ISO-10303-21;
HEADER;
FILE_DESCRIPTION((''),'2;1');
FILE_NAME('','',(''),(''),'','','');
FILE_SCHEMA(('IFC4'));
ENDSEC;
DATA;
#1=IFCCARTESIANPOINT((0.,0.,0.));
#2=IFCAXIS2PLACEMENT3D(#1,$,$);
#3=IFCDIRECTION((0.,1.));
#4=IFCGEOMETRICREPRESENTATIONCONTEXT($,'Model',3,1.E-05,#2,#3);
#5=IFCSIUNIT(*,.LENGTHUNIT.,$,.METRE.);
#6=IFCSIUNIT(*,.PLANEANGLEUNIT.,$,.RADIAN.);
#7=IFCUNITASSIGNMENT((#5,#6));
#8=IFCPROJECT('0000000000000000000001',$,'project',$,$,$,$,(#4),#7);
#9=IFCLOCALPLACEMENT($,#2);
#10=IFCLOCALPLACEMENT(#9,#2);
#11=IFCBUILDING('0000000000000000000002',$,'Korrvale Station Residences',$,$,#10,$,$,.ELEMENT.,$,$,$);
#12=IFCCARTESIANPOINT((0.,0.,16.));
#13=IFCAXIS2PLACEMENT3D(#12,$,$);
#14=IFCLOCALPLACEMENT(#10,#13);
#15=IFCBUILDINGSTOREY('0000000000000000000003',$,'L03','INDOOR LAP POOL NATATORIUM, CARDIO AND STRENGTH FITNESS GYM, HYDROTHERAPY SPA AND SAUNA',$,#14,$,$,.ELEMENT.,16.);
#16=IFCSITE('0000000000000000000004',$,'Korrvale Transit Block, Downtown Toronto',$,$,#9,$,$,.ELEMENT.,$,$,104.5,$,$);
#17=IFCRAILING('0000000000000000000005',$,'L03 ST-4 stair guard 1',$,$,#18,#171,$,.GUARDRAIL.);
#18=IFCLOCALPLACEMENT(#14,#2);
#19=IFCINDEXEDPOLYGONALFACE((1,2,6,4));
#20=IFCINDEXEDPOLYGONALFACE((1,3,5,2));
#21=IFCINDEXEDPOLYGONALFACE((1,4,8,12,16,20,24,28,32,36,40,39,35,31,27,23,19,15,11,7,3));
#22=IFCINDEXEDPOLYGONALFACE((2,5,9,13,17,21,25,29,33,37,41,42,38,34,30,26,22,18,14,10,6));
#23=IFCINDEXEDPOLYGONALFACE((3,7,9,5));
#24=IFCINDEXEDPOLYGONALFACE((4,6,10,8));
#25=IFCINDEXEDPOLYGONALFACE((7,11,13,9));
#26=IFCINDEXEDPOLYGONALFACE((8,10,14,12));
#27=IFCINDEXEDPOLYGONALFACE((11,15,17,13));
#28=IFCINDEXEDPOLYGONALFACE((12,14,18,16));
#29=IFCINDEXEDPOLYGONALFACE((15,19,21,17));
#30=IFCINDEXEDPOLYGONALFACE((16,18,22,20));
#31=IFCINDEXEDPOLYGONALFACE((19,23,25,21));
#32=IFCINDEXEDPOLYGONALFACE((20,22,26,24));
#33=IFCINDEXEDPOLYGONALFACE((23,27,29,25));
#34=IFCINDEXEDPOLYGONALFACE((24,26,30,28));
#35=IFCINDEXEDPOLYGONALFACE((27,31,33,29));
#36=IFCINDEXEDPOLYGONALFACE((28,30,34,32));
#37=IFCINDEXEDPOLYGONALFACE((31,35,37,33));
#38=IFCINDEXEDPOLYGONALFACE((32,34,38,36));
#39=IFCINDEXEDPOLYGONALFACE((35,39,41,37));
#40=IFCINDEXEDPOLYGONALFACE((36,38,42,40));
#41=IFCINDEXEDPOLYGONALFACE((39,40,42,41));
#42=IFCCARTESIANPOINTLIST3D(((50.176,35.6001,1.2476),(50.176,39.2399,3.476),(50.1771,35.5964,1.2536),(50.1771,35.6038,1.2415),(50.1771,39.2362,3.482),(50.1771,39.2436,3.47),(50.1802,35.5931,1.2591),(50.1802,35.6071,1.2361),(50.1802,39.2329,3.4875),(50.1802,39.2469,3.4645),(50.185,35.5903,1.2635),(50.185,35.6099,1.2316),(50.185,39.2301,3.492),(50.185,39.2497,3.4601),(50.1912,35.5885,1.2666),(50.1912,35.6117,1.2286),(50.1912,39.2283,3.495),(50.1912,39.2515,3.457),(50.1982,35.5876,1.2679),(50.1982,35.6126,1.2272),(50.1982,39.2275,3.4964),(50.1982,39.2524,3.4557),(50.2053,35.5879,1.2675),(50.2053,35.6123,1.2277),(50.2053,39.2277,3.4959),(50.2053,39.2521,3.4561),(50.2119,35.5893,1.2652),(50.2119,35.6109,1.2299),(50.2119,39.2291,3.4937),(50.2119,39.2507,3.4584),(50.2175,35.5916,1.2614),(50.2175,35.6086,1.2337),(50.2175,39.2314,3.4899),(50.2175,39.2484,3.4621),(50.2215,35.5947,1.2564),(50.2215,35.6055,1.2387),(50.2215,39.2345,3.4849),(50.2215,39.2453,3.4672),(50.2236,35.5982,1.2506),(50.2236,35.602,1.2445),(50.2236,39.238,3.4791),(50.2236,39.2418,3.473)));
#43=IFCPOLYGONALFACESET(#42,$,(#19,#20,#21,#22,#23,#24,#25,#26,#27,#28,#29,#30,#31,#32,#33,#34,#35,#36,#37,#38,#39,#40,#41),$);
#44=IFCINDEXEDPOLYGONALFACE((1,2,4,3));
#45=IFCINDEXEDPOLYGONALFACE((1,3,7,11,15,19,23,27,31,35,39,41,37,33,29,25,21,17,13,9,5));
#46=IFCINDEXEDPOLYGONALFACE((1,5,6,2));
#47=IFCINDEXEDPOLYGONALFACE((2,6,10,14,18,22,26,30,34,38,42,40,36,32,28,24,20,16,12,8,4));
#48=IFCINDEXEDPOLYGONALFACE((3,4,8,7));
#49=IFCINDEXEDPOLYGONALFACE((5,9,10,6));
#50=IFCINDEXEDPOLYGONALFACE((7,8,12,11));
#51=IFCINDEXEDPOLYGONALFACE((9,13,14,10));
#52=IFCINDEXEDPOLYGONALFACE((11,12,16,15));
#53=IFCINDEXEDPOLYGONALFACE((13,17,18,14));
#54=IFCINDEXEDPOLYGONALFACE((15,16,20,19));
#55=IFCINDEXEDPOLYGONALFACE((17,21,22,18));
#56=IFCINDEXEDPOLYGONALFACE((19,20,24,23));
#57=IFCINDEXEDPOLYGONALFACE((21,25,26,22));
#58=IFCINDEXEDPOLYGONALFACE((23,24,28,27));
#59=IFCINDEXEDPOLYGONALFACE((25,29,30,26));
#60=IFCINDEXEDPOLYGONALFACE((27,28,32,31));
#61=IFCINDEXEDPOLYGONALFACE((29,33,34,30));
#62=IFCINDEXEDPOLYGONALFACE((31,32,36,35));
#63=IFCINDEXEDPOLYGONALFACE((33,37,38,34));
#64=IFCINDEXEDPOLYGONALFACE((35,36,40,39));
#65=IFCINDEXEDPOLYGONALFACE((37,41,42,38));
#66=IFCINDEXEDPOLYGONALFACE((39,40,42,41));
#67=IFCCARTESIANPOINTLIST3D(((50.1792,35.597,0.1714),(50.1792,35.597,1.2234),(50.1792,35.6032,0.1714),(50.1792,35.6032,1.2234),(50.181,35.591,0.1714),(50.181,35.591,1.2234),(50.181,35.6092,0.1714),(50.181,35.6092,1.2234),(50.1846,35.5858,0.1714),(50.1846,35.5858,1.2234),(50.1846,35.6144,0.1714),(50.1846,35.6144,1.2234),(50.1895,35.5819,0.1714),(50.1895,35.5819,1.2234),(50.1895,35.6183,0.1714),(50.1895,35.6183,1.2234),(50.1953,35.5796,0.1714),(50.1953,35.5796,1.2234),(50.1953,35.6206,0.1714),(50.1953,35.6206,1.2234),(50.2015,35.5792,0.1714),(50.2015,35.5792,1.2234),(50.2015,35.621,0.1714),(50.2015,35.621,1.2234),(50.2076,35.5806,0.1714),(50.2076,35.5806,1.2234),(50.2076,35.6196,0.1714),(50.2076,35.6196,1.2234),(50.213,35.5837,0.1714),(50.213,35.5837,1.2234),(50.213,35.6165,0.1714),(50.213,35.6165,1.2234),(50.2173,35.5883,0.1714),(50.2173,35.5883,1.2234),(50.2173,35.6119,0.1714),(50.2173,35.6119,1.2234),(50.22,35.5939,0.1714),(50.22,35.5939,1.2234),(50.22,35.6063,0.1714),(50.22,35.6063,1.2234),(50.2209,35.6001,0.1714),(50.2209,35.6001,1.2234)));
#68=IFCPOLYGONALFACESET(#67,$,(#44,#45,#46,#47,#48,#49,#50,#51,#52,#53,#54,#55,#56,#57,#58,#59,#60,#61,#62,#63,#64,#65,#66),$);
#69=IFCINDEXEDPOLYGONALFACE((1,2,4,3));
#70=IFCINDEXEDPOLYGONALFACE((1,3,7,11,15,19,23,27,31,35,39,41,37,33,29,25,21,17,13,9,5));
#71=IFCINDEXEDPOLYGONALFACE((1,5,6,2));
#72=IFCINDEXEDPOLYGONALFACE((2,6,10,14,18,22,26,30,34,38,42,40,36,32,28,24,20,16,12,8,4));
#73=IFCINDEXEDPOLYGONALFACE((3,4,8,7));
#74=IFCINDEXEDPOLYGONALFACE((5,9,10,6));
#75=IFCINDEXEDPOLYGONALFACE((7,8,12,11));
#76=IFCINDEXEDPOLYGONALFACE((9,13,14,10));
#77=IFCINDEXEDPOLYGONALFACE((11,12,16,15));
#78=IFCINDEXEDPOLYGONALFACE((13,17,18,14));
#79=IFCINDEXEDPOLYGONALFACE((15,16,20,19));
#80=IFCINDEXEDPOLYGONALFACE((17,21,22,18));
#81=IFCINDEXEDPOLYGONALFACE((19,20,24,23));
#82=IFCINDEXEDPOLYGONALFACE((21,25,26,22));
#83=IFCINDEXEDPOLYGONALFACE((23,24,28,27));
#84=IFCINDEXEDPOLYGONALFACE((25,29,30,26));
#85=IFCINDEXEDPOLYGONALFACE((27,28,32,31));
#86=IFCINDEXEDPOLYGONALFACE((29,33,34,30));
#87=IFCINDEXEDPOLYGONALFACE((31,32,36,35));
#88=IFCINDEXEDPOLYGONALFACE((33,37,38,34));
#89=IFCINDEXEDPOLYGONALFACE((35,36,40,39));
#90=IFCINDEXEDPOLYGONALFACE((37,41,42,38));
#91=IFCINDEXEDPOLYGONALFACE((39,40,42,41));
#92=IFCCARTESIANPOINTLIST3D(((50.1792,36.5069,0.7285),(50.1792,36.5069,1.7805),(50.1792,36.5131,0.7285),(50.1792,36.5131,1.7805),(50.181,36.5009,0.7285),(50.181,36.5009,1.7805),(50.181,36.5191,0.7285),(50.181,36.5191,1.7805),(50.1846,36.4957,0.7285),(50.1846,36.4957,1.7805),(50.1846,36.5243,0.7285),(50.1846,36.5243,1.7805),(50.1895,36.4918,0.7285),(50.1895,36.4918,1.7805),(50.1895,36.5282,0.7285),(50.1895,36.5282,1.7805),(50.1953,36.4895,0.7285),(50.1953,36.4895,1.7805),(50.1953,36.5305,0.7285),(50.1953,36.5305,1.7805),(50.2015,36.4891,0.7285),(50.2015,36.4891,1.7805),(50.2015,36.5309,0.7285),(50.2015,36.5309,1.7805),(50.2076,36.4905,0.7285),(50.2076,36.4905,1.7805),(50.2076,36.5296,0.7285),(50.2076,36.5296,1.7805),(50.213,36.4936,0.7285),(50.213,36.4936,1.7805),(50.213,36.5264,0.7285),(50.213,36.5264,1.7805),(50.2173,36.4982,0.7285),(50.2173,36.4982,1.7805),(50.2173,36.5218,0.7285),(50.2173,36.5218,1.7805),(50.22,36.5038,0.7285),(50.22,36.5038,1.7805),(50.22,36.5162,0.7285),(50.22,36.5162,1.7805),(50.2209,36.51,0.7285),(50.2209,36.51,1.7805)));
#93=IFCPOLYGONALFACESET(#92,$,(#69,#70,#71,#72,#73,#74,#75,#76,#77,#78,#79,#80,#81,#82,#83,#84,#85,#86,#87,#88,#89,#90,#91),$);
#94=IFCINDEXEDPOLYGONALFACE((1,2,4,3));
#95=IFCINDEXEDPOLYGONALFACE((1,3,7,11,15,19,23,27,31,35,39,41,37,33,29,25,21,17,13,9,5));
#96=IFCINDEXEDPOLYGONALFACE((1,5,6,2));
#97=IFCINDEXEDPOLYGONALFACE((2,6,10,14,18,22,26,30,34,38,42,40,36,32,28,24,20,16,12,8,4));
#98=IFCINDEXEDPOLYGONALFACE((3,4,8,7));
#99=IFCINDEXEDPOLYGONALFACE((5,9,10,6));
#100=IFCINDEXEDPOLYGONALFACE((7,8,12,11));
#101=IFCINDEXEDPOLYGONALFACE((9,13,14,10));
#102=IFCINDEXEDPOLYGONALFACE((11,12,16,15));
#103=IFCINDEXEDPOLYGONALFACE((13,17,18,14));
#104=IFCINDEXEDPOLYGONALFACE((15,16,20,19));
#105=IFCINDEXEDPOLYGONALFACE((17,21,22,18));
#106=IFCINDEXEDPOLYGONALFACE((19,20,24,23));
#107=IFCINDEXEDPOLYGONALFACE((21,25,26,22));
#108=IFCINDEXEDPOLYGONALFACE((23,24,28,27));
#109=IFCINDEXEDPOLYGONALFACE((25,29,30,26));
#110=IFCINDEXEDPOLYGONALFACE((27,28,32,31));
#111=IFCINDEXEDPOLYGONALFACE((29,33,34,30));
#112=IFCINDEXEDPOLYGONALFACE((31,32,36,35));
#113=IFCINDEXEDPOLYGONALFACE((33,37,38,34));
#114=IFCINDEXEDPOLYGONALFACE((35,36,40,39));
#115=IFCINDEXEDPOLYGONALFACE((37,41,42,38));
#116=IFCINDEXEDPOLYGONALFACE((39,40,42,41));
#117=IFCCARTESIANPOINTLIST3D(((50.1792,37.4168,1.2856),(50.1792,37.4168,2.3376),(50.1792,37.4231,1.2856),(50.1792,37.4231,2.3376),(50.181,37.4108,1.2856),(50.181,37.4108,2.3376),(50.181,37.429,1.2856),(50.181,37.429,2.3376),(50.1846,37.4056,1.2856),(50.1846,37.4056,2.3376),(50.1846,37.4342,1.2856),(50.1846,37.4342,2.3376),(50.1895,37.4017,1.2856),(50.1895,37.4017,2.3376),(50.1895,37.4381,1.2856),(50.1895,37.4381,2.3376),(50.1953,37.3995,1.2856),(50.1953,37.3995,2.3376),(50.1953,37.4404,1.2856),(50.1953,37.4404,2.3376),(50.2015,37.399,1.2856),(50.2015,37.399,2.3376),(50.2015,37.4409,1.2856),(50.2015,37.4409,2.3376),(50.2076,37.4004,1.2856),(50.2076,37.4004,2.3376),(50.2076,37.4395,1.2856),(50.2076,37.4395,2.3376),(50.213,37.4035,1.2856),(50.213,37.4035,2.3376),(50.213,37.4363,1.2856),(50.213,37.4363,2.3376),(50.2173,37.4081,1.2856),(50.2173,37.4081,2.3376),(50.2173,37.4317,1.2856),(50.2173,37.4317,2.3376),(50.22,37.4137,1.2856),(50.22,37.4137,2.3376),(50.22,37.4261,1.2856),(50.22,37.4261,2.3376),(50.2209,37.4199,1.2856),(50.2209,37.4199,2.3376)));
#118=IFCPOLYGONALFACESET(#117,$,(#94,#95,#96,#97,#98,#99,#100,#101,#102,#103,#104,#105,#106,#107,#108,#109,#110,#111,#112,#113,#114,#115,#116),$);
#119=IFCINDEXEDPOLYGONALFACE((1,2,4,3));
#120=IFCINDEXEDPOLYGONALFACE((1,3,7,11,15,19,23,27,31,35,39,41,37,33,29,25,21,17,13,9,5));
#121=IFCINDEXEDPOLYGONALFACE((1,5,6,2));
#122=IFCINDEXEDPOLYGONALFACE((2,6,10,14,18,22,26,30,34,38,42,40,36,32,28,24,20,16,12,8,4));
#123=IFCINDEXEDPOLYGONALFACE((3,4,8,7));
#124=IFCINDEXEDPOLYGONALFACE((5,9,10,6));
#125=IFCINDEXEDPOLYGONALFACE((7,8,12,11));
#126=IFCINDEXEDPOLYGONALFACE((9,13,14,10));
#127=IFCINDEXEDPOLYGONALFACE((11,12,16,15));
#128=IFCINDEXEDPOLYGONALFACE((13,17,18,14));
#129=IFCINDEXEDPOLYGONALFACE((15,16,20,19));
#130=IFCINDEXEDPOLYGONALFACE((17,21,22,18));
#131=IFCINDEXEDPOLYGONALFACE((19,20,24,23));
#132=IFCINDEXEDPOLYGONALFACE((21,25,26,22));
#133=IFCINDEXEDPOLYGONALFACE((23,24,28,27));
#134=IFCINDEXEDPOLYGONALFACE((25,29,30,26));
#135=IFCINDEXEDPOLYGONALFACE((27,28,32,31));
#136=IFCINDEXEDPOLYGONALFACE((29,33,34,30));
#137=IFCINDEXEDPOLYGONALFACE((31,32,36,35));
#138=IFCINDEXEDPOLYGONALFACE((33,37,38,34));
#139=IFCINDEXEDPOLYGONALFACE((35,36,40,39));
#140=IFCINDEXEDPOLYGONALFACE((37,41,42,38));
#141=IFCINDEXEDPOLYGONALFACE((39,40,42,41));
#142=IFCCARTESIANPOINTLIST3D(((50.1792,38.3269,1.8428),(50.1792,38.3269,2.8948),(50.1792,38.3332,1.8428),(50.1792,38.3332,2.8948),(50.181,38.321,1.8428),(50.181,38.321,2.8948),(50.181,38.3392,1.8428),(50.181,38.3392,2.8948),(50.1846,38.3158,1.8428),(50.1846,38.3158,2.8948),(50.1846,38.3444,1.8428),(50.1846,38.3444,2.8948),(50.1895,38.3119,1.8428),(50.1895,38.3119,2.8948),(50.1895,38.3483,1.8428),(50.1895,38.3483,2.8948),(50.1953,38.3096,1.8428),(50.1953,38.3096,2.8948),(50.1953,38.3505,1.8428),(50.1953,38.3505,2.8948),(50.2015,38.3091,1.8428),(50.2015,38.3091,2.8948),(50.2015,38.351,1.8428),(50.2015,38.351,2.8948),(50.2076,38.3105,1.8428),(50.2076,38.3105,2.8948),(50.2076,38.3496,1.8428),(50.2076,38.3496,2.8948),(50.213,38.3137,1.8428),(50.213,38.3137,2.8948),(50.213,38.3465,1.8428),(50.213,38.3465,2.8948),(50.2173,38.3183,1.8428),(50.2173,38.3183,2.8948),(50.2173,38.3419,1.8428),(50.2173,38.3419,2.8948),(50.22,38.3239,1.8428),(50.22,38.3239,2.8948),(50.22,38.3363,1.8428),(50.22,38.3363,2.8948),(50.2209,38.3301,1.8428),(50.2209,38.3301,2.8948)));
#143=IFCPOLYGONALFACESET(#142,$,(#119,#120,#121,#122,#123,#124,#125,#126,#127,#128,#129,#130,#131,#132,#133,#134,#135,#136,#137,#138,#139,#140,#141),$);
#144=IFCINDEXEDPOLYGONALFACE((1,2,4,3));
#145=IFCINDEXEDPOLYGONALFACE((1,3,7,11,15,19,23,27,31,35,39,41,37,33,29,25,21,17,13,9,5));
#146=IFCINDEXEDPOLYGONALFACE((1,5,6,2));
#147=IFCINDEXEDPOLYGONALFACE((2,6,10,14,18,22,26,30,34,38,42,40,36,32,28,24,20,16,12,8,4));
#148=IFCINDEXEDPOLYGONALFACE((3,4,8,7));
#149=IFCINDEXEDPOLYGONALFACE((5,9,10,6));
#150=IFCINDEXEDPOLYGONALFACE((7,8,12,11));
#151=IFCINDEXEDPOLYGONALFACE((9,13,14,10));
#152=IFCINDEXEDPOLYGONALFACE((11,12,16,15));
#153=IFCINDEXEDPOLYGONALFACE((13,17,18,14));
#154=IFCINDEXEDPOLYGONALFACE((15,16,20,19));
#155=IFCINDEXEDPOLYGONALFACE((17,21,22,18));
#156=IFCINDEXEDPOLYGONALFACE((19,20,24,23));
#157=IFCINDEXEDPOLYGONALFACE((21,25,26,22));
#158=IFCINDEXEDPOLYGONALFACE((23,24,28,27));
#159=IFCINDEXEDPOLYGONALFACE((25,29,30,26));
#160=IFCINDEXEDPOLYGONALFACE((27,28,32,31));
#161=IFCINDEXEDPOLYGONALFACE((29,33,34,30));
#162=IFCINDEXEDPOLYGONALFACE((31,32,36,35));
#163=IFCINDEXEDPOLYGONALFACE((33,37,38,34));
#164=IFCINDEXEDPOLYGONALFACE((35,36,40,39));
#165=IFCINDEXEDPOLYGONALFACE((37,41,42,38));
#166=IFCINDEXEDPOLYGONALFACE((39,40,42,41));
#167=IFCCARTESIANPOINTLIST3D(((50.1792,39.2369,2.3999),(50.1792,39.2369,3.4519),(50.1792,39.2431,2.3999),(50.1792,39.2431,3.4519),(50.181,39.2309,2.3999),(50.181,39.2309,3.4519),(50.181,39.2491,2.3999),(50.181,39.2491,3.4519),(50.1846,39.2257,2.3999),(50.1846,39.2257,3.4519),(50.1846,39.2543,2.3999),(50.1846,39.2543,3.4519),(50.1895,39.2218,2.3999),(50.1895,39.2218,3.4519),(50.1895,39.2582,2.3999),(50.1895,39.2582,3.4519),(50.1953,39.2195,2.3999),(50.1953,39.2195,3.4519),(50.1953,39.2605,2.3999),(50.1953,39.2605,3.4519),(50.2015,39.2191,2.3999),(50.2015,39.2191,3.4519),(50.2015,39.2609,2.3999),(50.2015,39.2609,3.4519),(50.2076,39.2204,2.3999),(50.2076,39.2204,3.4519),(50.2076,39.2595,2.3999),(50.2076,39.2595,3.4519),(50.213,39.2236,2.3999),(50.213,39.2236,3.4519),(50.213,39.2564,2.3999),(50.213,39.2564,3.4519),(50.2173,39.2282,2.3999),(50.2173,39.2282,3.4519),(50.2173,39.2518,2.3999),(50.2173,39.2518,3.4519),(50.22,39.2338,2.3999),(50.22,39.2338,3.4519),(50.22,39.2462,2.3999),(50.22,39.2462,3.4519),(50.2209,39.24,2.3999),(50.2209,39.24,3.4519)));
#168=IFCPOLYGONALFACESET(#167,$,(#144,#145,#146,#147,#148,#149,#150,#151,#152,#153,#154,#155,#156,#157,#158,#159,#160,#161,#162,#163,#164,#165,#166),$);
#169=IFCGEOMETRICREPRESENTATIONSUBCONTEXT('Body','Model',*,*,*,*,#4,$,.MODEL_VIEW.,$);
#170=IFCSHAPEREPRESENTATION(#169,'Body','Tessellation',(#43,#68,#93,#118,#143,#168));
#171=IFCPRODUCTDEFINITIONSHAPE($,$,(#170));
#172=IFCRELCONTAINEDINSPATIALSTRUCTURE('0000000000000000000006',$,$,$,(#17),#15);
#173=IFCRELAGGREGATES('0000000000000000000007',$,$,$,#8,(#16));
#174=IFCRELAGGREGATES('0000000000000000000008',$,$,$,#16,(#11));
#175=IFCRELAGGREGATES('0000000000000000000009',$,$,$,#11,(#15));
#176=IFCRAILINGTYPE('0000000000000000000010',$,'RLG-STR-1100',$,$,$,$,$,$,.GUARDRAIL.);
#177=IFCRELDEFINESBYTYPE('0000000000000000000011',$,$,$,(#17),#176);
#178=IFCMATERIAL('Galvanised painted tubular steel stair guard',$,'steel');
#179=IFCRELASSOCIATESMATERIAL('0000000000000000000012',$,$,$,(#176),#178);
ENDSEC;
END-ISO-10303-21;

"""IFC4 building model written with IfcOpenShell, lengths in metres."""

from ifc_helpers import new_model, si_unit, direction, frame, origin, origin_2d, place, context, subcontext, project, spatial, circle, extrude, material, type_object, element, save


model = new_model("IFC4")

# Units and contexts
model_context = context("Model", 3, precision=1e-05, world=origin(), true_north=direction((0.0, 1.0)))
body_context = subcontext(model_context, "Body", "Model", "MODEL_VIEW")
ifc_project = project(units=[si_unit("LENGTHUNIT", "METRE"), si_unit("PLANEANGLEUNIT", "RADIAN")], contexts=[model_context])

# Site, building, storey
site_placement = place(None, origin())
site = spatial("IfcSite", under=ifc_project, at=site_placement, Name="Korrvale Transit Block, Downtown Toronto", CompositionType="ELEMENT", RefElevation=104.5)
building_placement = place(site_placement, origin())
building = spatial("IfcBuilding", under=site, at=building_placement, Name="Korrvale Station Residences", CompositionType="ELEMENT")
storey_placement = place(building_placement, frame((0.0, 0.0, 16.0)))
storey = spatial("IfcBuildingStorey", under=building, at=storey_placement, Name="L03", Description="INDOOR LAP POOL NATATORIUM, CARDIO AND STRENGTH FITNESS GYM, HYDROTHERAPY SPA AND SAUNA", CompositionType="ELEMENT", Elevation=16.0)

# Railing
ifc_material_1 = material(Name="Galvanised painted tubular steel stair guard", Category="steel")
railing_type_1 = type_object("IfcRailingType", Name="RLG-STR-1100", PredefinedType="GUARDRAIL", material=ifc_material_1)
railing_1_placement = place(storey_placement, frame((50.2, 35.6001, 0.1714)))
element("IfcRailing", 1, at=railing_1_placement, inside=storey, type_object=railing_type_1, Name="L03 ST-4 stair guard 1", PredefinedType="GUARDRAIL", context=body_context, shape_type="SweptSolid", body=[
    extrude(circle(Radius=0.0239, at=origin_2d()), frame((0.0, 0.0, 1.0762), z_axis=(0.0, 0.85285, 0.522156), x_axis=(-1.0, 0.0, 0.0)), (0.0, 0.0, 1.0), 4.2678),
    extrude(circle(Radius=0.021, at=origin_2d()), origin(), (0.0, 0.0, 1.0), 1.052),
    extrude(circle(Radius=0.021, at=origin_2d()), frame((0.0, 0.9099, 0.5571)), (0.0, 0.0, 1.0), 1.052),
    extrude(circle(Radius=0.021, at=origin_2d()), frame((0.0, 1.8198, 1.1143)), (0.0, 0.0, 1.0), 1.052),
    extrude(circle(Radius=0.021, at=origin_2d()), frame((0.0, 2.73, 1.6714)), (0.0, 0.0, 1.0), 1.052),
    extrude(circle(Radius=0.021, at=origin_2d()), frame((0.0, 3.6399, 2.2285)), (0.0, 0.0, 1.0), 1.052),
])

save(model, "model.ifc")
